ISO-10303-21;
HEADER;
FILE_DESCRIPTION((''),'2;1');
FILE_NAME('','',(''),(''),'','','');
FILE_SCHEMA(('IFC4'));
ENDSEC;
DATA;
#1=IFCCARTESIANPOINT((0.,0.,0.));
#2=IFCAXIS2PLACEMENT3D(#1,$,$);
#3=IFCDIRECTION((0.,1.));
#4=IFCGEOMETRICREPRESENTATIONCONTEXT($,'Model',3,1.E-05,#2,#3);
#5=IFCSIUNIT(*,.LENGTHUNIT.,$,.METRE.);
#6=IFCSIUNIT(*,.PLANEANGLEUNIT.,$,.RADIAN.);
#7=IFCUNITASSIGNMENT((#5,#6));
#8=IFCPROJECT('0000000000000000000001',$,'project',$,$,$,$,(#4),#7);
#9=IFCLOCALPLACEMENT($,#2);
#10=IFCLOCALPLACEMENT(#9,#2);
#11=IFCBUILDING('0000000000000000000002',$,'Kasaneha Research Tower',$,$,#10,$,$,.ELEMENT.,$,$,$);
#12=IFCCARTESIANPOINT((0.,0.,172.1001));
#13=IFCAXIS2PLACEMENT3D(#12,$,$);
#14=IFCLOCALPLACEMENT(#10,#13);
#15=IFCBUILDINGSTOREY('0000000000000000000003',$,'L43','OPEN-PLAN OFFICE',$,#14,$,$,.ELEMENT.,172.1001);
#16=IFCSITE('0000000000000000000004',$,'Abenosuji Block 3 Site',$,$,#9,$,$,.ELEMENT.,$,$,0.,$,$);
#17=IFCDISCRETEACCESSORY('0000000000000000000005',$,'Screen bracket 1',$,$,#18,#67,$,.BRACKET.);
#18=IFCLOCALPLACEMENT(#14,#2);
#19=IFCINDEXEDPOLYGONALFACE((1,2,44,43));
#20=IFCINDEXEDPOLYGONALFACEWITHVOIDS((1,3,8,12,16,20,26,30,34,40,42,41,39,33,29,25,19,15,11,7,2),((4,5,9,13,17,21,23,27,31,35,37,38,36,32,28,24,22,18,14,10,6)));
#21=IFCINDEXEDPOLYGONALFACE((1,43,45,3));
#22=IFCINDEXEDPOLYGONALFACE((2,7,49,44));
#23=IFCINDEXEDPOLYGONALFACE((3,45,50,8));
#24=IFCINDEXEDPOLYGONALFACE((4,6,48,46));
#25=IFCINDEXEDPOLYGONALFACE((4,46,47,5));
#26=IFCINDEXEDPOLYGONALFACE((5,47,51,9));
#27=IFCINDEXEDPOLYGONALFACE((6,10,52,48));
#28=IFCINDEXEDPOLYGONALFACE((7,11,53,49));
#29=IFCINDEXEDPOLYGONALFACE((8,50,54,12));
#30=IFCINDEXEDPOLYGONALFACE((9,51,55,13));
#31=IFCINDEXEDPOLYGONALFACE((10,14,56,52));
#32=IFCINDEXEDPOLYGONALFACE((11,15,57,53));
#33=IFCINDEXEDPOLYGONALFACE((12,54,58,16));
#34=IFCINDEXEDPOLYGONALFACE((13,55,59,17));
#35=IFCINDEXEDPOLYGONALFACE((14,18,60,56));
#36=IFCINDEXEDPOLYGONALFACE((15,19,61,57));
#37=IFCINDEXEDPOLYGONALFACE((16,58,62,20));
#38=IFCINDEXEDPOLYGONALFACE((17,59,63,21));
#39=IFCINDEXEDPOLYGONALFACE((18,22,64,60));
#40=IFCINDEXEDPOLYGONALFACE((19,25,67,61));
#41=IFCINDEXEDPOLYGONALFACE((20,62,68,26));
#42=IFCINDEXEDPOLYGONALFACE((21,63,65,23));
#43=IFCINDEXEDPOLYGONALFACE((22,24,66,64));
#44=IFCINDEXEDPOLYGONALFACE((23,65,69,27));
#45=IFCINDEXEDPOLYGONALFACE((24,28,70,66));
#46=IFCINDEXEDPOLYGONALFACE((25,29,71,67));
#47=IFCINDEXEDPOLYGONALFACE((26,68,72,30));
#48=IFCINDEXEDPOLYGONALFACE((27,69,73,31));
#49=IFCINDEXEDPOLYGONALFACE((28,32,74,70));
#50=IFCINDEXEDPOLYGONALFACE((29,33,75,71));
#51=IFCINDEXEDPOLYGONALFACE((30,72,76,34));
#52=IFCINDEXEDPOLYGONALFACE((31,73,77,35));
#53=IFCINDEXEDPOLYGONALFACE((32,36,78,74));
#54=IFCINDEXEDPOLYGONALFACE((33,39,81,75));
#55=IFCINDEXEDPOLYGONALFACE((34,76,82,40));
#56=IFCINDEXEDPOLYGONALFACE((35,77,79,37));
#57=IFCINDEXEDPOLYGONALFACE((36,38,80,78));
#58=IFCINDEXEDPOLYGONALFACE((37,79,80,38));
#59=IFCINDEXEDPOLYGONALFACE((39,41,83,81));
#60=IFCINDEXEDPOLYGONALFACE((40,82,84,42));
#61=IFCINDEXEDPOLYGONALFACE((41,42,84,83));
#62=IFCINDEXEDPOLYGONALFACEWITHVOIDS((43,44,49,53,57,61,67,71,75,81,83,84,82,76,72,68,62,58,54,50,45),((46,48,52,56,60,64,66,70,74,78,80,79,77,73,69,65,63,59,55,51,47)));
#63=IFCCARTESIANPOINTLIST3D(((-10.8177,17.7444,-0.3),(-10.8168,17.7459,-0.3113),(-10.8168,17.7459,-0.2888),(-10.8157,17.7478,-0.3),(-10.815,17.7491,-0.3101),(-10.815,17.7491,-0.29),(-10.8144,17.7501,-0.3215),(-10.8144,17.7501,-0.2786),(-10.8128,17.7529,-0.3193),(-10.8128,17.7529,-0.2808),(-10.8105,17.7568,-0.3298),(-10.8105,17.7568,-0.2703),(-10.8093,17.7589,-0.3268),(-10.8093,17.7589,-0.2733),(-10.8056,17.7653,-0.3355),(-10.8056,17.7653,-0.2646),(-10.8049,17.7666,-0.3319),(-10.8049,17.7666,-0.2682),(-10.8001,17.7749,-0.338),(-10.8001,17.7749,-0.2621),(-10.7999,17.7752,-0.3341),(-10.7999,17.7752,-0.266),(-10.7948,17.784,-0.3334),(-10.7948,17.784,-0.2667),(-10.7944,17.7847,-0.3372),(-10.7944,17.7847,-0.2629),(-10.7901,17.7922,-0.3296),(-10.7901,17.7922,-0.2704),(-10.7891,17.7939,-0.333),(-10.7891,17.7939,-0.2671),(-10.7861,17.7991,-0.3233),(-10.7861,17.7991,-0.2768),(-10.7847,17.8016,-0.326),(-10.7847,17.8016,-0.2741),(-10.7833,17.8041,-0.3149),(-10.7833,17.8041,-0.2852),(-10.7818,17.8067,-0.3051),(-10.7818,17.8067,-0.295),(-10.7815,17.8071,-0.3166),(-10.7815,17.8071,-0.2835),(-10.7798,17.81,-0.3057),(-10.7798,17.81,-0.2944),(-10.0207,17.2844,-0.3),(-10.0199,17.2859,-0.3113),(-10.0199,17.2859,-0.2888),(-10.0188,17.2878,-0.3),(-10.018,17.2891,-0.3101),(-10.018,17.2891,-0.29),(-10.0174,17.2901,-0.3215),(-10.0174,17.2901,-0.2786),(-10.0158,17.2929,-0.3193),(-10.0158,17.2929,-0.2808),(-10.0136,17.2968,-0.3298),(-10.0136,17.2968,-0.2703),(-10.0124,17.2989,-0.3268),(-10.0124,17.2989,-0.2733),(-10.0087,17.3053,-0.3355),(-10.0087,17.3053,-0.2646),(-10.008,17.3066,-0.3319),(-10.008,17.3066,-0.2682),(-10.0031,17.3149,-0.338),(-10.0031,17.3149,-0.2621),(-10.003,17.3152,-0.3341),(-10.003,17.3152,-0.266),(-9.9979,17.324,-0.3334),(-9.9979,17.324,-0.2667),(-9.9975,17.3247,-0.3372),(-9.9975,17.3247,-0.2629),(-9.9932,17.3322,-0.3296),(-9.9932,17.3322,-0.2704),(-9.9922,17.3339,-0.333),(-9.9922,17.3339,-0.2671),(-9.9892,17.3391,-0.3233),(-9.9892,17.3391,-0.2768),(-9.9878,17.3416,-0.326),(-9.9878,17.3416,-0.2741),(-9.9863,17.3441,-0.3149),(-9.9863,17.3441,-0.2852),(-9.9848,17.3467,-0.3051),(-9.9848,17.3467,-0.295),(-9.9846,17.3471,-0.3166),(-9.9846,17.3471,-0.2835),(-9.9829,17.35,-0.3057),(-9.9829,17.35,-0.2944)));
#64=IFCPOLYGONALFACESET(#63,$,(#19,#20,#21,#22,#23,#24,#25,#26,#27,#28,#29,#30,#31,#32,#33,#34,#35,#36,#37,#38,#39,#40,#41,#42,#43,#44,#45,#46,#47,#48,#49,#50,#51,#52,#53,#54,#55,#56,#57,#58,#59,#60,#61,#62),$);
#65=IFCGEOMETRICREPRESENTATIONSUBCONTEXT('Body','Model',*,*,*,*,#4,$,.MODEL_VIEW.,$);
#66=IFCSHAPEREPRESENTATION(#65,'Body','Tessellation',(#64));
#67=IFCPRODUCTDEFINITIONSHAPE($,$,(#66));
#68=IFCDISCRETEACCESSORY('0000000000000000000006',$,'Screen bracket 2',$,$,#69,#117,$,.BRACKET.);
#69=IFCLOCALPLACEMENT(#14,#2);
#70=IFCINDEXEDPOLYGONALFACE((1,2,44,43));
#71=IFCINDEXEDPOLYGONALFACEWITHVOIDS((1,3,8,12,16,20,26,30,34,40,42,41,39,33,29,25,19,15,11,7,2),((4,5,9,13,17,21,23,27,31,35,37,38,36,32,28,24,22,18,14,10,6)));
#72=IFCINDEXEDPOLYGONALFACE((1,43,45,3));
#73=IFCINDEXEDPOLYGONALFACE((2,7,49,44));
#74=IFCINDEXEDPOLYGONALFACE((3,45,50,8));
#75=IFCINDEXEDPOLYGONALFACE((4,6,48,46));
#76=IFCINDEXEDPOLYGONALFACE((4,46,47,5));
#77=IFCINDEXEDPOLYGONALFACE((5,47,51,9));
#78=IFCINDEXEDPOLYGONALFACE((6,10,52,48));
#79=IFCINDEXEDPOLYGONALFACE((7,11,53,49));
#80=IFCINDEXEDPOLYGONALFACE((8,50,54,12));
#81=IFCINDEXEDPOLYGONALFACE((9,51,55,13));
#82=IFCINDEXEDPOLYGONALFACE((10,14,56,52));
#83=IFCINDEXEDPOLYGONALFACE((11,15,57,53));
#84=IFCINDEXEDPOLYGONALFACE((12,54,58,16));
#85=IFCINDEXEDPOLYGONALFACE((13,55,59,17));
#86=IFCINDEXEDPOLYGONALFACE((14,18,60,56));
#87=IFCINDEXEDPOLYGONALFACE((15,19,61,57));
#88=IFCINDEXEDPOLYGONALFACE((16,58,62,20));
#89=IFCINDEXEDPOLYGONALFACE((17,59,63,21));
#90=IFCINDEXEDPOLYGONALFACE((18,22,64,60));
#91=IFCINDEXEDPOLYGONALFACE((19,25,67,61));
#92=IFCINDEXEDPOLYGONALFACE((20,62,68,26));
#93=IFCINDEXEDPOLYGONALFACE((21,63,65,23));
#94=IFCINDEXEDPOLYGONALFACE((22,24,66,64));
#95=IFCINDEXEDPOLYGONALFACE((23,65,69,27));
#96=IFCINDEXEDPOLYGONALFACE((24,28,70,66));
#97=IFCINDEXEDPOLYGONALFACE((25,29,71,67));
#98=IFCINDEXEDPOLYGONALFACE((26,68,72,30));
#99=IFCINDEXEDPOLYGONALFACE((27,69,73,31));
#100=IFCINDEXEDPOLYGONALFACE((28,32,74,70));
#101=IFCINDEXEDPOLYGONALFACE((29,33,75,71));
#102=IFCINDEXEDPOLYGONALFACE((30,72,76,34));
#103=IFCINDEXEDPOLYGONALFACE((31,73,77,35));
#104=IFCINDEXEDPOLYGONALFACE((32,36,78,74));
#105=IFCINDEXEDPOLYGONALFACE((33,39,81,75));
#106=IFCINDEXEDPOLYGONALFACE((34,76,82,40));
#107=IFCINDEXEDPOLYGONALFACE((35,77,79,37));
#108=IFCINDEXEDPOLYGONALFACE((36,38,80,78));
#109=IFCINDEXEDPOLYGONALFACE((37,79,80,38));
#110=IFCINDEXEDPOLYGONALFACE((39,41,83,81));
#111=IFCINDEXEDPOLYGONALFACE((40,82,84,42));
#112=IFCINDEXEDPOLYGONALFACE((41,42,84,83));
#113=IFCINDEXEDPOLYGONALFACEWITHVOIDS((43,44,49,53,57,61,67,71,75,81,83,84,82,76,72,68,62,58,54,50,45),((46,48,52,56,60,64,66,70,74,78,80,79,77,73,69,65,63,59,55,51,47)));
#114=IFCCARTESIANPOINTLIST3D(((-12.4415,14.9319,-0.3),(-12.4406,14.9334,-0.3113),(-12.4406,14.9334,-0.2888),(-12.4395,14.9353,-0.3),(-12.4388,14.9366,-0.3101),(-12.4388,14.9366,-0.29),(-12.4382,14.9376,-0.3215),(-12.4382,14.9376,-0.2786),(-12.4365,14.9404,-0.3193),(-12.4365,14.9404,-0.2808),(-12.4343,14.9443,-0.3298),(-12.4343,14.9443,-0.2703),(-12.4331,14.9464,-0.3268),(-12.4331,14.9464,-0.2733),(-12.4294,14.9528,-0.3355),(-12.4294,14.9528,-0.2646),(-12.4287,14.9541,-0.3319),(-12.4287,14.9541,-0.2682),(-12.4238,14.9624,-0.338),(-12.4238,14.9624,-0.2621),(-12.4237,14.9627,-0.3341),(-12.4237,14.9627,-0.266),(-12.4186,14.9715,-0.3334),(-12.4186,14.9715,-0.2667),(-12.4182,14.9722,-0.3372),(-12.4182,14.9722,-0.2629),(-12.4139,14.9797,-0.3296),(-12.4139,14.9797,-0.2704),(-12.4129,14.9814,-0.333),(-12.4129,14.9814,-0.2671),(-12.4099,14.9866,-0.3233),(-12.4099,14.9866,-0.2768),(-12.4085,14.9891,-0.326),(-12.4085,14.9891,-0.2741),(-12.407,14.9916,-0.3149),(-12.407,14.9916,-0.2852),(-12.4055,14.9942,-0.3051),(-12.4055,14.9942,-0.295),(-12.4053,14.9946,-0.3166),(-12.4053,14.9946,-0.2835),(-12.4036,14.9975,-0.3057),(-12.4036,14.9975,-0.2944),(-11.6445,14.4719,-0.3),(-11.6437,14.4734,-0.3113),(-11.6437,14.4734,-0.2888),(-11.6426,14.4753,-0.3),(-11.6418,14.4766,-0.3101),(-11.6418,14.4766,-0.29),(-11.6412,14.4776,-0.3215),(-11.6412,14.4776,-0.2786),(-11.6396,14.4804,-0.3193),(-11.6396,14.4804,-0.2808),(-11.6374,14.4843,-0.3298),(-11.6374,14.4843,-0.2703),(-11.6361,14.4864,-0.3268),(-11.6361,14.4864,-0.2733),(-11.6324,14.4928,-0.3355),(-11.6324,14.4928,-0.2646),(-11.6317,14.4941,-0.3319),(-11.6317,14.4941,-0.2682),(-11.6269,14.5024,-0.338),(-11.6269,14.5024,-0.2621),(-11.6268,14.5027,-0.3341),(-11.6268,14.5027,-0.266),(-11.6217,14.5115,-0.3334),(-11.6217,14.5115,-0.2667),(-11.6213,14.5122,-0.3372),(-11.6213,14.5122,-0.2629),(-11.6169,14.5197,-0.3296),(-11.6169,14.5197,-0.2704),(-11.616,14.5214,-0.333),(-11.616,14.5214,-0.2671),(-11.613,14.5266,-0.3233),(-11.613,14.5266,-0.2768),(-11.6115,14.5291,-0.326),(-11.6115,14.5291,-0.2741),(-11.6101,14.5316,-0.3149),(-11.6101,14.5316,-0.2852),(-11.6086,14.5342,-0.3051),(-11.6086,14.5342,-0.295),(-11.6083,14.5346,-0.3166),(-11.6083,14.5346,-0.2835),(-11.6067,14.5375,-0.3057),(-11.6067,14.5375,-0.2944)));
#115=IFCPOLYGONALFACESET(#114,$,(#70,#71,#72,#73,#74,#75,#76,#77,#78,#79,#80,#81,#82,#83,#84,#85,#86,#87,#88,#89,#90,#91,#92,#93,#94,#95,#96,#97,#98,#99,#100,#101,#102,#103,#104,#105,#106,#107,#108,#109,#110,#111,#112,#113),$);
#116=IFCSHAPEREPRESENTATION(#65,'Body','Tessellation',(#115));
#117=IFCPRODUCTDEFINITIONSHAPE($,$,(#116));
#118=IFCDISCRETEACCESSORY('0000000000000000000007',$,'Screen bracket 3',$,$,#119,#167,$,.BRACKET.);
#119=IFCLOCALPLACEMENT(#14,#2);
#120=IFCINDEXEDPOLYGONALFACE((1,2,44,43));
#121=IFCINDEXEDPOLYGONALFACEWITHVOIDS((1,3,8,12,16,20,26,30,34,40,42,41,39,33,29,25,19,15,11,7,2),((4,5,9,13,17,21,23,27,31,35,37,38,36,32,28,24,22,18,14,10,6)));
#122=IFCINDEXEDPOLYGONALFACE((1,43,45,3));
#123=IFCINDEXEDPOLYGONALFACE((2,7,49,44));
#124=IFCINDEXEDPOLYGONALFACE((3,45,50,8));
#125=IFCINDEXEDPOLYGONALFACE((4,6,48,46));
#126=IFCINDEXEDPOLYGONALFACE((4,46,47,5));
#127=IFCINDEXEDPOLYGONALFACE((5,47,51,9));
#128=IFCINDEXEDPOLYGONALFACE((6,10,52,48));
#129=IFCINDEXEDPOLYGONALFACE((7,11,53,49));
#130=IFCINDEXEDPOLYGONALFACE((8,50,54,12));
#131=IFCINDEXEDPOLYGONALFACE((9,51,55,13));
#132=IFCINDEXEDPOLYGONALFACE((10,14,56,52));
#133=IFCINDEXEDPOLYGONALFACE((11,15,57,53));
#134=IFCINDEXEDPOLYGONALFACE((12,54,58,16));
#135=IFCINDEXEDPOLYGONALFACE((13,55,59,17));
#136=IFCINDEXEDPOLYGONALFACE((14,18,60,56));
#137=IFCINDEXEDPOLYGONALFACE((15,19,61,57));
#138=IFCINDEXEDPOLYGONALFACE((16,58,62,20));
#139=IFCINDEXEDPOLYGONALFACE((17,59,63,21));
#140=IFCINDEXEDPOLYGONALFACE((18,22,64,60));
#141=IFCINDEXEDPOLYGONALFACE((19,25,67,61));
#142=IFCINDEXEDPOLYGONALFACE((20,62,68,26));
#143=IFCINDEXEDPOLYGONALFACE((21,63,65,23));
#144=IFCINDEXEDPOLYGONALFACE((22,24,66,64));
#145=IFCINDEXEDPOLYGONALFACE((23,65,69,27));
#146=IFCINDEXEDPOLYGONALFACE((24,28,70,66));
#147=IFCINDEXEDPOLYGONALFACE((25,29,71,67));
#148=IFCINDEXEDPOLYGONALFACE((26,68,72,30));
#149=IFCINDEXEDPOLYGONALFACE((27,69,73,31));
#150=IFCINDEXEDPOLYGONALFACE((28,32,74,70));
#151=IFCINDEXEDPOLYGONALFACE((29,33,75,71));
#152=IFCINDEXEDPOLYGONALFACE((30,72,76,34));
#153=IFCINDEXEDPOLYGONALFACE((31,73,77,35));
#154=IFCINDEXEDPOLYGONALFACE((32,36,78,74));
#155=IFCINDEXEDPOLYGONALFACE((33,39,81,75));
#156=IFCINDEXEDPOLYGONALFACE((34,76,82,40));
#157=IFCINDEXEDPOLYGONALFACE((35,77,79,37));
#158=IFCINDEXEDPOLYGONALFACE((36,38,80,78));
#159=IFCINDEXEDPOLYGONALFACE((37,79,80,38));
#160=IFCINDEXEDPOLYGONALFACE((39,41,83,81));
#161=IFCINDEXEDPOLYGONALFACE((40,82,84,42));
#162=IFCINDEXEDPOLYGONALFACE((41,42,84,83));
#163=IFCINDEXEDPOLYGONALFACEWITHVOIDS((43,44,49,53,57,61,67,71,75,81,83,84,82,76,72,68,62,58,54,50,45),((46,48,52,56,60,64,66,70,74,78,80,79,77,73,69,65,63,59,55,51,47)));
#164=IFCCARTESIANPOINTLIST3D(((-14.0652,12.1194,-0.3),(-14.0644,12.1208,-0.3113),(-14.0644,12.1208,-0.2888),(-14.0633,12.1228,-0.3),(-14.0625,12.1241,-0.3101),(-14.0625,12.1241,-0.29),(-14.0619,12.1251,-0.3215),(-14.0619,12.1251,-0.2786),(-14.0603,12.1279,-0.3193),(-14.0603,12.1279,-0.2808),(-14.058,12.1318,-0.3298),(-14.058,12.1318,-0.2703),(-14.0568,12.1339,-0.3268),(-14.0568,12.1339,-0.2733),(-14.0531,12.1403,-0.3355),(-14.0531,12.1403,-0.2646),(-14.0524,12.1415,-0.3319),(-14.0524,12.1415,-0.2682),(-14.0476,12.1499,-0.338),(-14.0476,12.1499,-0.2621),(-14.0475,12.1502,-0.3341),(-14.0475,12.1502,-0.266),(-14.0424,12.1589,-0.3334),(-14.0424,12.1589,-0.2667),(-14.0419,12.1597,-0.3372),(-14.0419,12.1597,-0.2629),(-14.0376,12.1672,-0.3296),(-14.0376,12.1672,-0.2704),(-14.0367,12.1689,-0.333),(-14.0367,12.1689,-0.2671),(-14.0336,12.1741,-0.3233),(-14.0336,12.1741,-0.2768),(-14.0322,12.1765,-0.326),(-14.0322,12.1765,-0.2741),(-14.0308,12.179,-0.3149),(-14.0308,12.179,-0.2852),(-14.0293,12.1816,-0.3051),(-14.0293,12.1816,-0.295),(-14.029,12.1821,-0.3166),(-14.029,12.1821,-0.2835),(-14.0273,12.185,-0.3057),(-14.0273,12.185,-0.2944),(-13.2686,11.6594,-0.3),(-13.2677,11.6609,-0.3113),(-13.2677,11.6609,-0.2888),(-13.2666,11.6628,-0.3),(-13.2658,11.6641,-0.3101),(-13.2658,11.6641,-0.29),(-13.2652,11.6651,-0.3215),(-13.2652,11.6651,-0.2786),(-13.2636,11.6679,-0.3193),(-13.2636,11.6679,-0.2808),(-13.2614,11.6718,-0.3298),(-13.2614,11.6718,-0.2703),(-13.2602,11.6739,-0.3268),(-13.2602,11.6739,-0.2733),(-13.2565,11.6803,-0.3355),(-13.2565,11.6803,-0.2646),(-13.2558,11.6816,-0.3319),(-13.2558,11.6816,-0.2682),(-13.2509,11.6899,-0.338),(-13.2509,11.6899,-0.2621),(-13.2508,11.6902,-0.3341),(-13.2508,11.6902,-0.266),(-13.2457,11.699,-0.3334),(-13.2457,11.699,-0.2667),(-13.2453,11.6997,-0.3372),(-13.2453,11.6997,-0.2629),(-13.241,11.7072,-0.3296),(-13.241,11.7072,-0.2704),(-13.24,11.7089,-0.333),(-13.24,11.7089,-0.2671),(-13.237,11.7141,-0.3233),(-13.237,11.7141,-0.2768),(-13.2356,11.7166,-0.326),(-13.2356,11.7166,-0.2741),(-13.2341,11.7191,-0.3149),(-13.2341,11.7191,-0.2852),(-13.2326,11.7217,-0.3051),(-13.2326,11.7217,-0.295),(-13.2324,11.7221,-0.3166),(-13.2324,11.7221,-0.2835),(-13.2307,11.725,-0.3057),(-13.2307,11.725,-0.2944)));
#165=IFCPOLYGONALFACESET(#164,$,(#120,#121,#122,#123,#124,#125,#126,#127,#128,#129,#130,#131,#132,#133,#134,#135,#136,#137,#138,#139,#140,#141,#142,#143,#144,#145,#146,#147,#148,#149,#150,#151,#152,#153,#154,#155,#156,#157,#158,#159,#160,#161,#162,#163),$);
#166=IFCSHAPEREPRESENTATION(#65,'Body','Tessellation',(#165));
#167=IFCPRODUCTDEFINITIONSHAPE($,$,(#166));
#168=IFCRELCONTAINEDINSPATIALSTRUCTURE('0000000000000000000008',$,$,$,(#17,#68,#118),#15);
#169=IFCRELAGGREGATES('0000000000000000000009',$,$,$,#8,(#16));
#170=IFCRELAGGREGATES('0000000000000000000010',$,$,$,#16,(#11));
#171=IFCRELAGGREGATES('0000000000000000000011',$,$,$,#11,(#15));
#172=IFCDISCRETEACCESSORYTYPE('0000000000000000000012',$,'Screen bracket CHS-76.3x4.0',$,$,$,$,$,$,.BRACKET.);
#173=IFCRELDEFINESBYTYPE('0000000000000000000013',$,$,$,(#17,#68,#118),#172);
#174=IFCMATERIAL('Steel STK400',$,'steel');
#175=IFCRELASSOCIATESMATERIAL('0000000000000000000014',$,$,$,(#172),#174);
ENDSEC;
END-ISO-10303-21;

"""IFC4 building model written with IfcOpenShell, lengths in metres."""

from ifc_helpers import new_model, si_unit, direction, frame, origin, origin_2d, place, context, subcontext, project, spatial, hollow_circle, extrude, material, material_profile, profile_set, type_object, element, save


model = new_model("IFC4")

# Units and contexts
model_context = context("Model", 3, precision=1e-05, world=origin(), true_north=direction((0.0, 1.0)))
body_context = subcontext(model_context, "Body", "Model", "MODEL_VIEW")
ifc_project = project(units=[si_unit("LENGTHUNIT", "METRE"), si_unit("PLANEANGLEUNIT", "RADIAN")], contexts=[model_context])

# Site, building, storey
site_placement = place(None, origin())
site = spatial("IfcSite", under=ifc_project, at=site_placement, Name="Abenosuji Block 3 Site", CompositionType="ELEMENT", RefElevation=0.0)
building_placement = place(site_placement, origin())
building = spatial("IfcBuilding", under=site, at=building_placement, Name="Kasaneha Research Tower", CompositionType="ELEMENT")
storey_placement = place(building_placement, frame((0.0, 0.0, 172.1001)))
storey = spatial("IfcBuildingStorey", under=building, at=storey_placement, Name="L43", Description="OPEN-PLAN OFFICE", CompositionType="ELEMENT", Elevation=172.1001)

# Discrete accessories
ifc_material_1 = material(Name="Steel STK400", Category="steel")
ifc_material_profile_1 = material_profile(ifc_material_1, hollow_circle(Radius=0.0381, WallThickness=0.0039, at=origin_2d()), Name="CHS-76.3x4.0")
ifc_profile_set_1 = profile_set([ifc_material_profile_1], Name="Steel STK400")
discrete_accessory_type = type_object("IfcDiscreteAccessoryType", Name="Screen bracket CHS-76.3x4.0", PredefinedType="BRACKET", material=ifc_profile_set_1)
for number, where, z_axis, x_axis, name in (
    (1, (-10.0017, 17.3174, -0.3), (-0.86608, 0.499906, 0.0), (-0.499906, -0.86608, 0.0), "Screen bracket 1"),
    (2, (-11.6255, 14.5049, -0.3), (-0.86608, 0.499906, 0.0), (-0.499906, -0.86608, 0.0), "Screen bracket 2"),
):
    element("IfcDiscreteAccessory", number, at=place(storey_placement, frame(where, z_axis=z_axis, x_axis=x_axis)), inside=storey, type_object=discrete_accessory_type, Name=name, PredefinedType="BRACKET", context=body_context, shape_type="SweptSolid", body=[
        extrude(hollow_circle(Radius=0.0381, WallThickness=0.0039, at=origin_2d()), origin(), (0.0, 0.0, 1.0), 0.9202),
    ])
for number, where, z_axis, x_axis, name in (
    (3, (-13.2495, 11.6924, -0.3), (-0.866013, 0.500021, 0.0), (-0.500021, -0.866013, 0.0), "Screen bracket 3"),
):
    element("IfcDiscreteAccessory", number, at=place(storey_placement, frame(where, z_axis=z_axis, x_axis=x_axis)), inside=storey, type_object=discrete_accessory_type, Name=name, PredefinedType="BRACKET", context=body_context, shape_type="SweptSolid", body=[
        extrude(hollow_circle(Radius=0.0381, WallThickness=0.0039, at=origin_2d()), origin(), (0.0, 0.0, 1.0), 0.9199),
    ])

save(model, "model.ifc")
